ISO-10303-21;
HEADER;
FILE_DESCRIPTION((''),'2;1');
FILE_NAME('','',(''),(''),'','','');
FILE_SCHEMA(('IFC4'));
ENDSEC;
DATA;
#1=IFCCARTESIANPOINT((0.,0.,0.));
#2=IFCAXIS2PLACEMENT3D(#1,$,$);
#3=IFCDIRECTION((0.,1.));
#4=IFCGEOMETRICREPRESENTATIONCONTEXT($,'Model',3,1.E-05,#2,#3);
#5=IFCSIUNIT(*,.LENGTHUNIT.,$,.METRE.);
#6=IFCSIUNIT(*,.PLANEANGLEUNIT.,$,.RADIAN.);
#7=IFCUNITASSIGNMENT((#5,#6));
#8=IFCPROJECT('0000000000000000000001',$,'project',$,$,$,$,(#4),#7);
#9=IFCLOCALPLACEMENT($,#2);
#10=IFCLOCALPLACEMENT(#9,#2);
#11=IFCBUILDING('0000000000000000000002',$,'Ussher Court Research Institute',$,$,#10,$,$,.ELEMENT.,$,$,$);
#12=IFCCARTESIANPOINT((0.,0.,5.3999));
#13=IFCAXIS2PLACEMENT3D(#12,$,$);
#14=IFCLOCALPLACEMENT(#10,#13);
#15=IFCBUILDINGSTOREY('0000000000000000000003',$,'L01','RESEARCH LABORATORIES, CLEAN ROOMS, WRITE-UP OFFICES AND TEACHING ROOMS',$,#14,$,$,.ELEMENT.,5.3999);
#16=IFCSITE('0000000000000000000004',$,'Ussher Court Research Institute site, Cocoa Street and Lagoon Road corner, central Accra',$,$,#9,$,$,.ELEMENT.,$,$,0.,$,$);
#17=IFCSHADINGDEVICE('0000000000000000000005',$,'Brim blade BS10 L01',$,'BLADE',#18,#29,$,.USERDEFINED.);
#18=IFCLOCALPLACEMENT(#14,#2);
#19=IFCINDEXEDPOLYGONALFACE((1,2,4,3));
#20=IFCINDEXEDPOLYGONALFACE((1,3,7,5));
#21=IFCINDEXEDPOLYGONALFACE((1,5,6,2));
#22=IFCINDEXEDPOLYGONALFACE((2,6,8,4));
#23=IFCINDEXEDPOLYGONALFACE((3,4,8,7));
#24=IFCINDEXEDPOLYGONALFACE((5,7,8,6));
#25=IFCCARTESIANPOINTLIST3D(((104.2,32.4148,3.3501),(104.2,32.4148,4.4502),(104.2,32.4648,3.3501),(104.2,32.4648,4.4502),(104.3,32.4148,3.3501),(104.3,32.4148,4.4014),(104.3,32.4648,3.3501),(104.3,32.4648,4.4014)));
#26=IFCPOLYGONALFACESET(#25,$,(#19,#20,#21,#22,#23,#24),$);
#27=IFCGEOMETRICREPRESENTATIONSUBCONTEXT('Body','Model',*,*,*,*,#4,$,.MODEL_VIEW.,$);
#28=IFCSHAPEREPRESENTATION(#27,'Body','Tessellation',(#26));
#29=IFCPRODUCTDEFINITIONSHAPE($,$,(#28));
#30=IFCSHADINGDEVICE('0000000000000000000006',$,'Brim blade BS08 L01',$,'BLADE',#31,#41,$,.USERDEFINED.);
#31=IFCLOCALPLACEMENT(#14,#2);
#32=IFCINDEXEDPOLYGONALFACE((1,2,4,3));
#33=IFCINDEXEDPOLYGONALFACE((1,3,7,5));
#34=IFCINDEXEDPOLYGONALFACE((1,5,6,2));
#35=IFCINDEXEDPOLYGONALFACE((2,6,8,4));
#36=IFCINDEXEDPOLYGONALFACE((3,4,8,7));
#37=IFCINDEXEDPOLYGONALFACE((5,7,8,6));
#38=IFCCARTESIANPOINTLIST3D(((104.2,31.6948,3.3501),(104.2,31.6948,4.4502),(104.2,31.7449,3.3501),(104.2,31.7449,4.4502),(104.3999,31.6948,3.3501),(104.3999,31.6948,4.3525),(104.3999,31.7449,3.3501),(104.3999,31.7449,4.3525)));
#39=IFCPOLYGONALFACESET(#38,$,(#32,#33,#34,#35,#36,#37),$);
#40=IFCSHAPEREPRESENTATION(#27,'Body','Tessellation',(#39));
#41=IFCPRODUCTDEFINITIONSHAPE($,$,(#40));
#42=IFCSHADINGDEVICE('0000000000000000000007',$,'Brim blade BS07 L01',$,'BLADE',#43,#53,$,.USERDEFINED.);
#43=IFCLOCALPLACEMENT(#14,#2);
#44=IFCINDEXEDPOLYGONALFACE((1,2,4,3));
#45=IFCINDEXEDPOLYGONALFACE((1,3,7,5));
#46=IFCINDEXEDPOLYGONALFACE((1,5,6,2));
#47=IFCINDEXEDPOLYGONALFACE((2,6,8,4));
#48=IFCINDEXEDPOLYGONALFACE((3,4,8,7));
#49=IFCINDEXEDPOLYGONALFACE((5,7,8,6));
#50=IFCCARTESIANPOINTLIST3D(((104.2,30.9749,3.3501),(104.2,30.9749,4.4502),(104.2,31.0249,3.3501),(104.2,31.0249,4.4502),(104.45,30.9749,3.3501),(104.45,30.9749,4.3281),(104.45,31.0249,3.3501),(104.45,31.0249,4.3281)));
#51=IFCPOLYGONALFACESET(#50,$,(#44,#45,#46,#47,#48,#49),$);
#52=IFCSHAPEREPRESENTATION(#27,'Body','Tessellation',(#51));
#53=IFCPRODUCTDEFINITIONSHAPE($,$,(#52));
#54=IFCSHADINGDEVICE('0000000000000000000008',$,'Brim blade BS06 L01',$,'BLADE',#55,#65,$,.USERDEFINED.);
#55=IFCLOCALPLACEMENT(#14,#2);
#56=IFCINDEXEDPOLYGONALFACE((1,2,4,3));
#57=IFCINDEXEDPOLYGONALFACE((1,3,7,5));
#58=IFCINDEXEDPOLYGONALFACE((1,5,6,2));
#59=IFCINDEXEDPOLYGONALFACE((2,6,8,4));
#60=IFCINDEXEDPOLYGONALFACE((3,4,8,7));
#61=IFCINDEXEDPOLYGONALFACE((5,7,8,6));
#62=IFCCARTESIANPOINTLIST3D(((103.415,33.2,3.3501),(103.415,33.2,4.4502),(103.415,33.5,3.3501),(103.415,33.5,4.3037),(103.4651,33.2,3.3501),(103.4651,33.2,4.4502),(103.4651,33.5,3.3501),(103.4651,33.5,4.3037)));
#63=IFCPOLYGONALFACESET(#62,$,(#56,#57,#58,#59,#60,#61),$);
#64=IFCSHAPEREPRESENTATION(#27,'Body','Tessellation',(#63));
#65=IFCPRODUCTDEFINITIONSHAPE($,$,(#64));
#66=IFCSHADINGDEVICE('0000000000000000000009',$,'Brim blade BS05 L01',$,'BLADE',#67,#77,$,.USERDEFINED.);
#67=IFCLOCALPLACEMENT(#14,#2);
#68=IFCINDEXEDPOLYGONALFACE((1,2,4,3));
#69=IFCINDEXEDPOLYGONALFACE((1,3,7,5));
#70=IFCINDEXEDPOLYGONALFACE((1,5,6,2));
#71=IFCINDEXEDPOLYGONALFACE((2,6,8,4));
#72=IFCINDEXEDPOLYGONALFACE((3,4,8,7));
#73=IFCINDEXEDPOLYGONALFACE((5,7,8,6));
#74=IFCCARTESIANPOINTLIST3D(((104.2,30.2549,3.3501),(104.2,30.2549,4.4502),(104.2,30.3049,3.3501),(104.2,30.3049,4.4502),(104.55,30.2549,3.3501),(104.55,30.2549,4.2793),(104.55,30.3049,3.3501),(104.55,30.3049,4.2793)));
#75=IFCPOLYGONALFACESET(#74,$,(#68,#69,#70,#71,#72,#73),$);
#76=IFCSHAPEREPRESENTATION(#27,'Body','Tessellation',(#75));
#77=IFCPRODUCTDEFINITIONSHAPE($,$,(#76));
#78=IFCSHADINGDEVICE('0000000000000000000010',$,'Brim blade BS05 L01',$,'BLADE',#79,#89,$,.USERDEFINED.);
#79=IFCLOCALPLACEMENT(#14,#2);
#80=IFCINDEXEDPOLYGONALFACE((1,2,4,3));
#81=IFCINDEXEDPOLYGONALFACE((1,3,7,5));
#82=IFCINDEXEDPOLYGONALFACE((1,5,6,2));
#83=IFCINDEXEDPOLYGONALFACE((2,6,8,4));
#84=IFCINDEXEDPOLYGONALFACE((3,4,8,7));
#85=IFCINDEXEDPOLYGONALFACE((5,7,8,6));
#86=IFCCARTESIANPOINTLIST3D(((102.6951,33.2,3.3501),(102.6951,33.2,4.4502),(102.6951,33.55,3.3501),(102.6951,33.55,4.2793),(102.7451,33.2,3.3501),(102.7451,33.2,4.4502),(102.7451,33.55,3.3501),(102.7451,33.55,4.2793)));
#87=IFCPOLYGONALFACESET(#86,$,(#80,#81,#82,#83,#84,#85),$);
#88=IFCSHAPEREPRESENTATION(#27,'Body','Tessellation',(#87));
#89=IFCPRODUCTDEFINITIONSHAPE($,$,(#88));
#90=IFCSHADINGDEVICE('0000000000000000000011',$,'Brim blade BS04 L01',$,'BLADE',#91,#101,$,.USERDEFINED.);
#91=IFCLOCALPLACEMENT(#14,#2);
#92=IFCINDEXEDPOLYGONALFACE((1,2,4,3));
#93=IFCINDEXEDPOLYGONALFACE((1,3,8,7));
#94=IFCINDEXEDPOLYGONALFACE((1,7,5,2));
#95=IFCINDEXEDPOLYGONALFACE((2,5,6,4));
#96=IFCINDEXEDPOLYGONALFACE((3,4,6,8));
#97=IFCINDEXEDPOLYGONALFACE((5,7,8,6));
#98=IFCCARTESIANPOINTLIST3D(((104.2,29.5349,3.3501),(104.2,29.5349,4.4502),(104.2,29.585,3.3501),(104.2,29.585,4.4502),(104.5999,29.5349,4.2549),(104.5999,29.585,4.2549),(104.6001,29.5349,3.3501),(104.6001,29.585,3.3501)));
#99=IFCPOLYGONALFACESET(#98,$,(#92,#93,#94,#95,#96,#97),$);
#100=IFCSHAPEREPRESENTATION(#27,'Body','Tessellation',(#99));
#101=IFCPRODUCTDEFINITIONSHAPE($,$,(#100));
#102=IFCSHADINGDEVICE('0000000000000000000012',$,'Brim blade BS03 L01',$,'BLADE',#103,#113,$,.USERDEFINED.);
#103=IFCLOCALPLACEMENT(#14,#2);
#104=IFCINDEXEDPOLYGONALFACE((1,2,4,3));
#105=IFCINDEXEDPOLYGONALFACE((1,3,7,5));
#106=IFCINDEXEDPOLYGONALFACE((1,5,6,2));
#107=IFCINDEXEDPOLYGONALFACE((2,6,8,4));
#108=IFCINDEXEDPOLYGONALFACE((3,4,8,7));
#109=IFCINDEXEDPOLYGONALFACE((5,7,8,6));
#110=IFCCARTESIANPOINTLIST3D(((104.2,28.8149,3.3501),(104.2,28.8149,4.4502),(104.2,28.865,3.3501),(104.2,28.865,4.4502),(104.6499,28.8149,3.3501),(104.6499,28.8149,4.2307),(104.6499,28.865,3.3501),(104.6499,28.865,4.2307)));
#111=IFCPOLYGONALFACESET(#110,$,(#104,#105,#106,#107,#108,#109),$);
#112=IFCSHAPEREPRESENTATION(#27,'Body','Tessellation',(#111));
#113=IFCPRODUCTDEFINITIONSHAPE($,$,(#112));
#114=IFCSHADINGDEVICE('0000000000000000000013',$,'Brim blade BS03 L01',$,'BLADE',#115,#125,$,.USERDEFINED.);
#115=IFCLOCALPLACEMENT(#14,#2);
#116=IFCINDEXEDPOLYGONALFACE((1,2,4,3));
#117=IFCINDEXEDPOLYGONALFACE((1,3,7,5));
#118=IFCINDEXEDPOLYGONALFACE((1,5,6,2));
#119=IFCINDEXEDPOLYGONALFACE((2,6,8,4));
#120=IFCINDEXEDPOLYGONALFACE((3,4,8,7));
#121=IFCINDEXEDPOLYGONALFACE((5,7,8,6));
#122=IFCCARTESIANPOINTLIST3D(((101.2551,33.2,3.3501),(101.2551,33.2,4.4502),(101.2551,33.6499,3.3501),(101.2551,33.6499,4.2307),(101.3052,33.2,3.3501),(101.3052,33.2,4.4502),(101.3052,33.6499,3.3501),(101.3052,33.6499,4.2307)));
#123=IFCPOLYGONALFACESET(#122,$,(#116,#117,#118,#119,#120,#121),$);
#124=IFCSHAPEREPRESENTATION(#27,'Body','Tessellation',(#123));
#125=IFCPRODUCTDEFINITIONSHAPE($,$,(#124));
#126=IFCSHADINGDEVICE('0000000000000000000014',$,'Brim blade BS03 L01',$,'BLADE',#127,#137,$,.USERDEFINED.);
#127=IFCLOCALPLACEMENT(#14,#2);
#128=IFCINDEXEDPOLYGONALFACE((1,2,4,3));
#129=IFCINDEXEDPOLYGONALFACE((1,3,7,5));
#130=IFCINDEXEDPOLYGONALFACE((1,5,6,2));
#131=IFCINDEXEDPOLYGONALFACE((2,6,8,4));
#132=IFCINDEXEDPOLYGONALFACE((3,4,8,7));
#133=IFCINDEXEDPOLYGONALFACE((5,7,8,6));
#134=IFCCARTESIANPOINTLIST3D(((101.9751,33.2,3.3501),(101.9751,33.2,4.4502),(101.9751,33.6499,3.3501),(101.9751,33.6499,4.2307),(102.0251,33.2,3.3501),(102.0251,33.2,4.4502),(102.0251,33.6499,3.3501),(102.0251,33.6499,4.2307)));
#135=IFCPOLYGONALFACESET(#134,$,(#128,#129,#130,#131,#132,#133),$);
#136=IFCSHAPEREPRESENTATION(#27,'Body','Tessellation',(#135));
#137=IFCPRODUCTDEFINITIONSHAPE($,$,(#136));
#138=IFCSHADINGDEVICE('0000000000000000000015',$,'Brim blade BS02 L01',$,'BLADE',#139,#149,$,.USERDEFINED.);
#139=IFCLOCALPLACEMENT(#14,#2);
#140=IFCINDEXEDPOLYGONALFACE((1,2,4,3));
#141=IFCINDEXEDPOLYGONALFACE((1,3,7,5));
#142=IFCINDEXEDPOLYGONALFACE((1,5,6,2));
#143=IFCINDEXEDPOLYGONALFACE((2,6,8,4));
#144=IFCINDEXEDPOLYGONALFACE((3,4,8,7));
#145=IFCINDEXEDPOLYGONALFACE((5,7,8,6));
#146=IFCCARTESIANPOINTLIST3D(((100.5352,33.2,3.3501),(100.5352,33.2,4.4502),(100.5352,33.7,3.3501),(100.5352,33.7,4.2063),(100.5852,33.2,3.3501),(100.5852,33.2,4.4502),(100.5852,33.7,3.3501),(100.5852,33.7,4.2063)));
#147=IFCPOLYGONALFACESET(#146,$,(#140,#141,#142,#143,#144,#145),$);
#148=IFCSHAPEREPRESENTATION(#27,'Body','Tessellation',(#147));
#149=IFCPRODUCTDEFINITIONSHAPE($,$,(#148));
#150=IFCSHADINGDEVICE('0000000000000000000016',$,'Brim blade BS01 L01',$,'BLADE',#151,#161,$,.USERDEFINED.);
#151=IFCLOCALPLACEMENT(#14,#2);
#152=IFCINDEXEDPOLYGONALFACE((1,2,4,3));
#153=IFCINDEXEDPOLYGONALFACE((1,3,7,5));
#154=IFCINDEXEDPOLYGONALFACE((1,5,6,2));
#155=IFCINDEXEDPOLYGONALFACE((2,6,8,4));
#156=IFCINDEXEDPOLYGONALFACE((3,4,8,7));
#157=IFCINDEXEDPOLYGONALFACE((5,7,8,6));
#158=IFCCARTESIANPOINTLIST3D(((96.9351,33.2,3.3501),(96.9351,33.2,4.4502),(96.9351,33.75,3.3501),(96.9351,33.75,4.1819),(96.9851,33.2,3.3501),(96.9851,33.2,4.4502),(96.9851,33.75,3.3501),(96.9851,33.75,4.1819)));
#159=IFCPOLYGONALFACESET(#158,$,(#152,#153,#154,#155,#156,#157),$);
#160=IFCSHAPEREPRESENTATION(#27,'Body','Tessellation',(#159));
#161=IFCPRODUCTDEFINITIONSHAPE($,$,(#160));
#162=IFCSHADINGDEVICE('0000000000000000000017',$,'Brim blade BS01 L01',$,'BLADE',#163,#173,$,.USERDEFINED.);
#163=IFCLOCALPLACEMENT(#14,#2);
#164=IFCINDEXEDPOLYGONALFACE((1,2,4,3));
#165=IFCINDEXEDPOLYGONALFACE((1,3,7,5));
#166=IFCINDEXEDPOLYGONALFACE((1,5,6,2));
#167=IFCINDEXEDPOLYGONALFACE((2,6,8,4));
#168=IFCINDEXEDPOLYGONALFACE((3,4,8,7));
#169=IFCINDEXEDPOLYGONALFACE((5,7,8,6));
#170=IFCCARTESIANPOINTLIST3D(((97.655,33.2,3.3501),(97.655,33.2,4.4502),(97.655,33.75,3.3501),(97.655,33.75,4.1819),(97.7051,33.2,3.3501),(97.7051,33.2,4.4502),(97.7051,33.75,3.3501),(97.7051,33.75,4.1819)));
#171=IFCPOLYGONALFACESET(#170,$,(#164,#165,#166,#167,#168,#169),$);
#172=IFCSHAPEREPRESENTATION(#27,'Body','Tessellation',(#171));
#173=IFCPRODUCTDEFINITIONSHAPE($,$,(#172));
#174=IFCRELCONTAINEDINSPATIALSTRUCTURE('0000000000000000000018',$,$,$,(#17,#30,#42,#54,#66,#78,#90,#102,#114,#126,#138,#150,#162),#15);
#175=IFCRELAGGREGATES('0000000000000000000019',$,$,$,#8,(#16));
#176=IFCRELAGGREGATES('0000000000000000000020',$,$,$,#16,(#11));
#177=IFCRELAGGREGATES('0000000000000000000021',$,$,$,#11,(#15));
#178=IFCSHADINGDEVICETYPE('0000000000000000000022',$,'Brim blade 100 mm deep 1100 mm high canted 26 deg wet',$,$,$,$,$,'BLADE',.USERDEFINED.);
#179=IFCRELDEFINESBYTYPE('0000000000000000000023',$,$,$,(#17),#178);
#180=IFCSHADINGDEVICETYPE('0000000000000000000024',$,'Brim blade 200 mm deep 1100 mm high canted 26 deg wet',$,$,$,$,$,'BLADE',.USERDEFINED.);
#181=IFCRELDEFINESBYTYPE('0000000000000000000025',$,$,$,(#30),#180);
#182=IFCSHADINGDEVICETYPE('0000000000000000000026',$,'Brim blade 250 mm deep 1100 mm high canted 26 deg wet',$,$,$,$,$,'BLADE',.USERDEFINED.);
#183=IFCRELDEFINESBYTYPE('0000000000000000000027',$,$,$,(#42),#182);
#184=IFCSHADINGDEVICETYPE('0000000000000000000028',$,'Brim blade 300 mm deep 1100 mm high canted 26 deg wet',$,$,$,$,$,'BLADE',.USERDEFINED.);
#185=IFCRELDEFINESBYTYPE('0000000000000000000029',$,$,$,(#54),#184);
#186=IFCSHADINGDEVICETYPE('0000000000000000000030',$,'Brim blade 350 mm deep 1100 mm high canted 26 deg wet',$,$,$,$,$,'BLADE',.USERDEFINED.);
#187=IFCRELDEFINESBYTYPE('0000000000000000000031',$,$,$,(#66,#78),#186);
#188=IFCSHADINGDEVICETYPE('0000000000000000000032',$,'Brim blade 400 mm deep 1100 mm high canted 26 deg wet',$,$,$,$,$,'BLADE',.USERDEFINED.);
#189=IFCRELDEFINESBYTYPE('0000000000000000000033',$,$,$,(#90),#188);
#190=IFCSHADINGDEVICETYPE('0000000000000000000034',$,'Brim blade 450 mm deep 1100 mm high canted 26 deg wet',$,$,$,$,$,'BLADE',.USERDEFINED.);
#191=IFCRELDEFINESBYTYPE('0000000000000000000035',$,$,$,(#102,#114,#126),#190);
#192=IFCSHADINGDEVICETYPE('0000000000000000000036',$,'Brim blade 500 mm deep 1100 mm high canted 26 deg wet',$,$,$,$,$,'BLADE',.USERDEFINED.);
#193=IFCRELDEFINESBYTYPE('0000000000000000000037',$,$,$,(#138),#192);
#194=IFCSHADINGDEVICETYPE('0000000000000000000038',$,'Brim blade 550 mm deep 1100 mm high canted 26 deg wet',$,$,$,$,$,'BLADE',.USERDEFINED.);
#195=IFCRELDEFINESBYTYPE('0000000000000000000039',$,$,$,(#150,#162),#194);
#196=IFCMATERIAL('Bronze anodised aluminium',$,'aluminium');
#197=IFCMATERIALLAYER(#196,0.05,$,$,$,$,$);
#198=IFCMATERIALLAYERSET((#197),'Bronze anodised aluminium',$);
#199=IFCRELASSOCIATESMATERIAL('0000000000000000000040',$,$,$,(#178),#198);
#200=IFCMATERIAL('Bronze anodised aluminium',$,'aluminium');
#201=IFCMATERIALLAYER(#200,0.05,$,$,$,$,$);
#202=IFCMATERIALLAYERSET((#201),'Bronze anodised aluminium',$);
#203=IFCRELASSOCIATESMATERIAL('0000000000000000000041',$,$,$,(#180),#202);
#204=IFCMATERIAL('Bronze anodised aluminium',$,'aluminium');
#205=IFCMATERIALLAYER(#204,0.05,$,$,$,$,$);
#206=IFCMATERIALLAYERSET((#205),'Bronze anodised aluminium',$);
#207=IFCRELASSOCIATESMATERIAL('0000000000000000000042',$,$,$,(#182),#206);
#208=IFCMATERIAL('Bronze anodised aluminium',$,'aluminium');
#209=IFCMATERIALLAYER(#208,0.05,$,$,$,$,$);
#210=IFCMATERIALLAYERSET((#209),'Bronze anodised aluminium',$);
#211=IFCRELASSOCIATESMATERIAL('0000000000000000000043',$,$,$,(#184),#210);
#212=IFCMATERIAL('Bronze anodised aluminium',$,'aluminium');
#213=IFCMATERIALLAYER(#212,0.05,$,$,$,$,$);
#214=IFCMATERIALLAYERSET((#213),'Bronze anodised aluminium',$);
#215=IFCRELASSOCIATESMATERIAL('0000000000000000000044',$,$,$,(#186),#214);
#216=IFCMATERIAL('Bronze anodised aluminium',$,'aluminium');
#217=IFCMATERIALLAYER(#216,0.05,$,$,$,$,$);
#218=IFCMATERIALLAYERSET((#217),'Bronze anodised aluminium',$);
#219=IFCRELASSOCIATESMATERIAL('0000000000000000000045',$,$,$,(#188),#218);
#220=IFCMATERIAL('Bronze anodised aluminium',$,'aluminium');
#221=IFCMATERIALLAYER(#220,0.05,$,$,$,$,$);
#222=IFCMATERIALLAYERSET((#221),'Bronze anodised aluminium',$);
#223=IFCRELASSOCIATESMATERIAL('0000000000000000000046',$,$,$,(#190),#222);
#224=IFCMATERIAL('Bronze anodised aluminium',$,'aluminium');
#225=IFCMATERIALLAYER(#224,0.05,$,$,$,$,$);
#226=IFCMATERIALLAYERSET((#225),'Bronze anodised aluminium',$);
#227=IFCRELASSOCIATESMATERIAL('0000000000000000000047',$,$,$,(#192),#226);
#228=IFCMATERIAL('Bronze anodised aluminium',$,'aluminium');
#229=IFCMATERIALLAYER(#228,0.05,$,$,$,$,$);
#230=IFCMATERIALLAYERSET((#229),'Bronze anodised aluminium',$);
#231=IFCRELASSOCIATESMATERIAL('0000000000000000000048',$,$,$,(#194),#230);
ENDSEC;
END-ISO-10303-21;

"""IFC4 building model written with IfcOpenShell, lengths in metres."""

from ifc_helpers import new_model, si_unit, direction, frame, origin, place, context, subcontext, project, spatial, polyline, outline, extrude, material, layer, layer_set, type_object, element, save


model = new_model("IFC4")

# Units and contexts
model_context = context("Model", 3, precision=1e-05, world=origin(), true_north=direction((0.0, 1.0)))
body_context = subcontext(model_context, "Body", "Model", "MODEL_VIEW")
ifc_project = project(units=[si_unit("LENGTHUNIT", "METRE"), si_unit("PLANEANGLEUNIT", "RADIAN")], contexts=[model_context])

# Site, building, storey
site_placement = place(None, origin())
site = spatial("IfcSite", under=ifc_project, at=site_placement, Name="Ussher Court Research Institute site, Cocoa Street and Lagoon Road corner, central Accra", CompositionType="ELEMENT", RefElevation=0.0)
building_placement = place(site_placement, origin())
building = spatial("IfcBuilding", under=site, at=building_placement, Name="Ussher Court Research Institute", CompositionType="ELEMENT")
storey_placement = place(building_placement, frame((0.0, 0.0, 5.3999)))
storey = spatial("IfcBuildingStorey", under=building, at=storey_placement, Name="L01", Description="RESEARCH LABORATORIES, CLEAN ROOMS, WRITE-UP OFFICES AND TEACHING ROOMS", CompositionType="ELEMENT", Elevation=5.3999)

# Shading devices
ifc_material_1 = material(Name="Bronze anodised aluminium", Category="aluminium")
ifc_layer_1 = layer(ifc_material_1, 0.05)
ifc_layer_set_1 = layer_set([ifc_layer_1], Name="Bronze anodised aluminium")
shading_device_type_1 = type_object("IfcShadingDeviceType", Name="Brim blade 100 mm deep 1100 mm high canted 26 deg wet", ElementType="BLADE", PredefinedType="USERDEFINED", material=ifc_layer_set_1)
shading_device_1_placement = place(storey_placement, frame((104.2, 32.4399, 3.3501), z_axis=(0.0, 0.0, 1.0), x_axis=(1.0, 0.0, 0.0)))
element("IfcShadingDevice", 1, at=shading_device_1_placement, inside=storey, type_object=shading_device_type_1, Name="Brim blade BS10 L01", ObjectType="BLADE", PredefinedType="USERDEFINED", context=body_context, shape_type="SweptSolid", body=[
    extrude(outline(polyline([(0.0, 0.0), (0.1001, 0.0), (0.1001, 1.0513), (0.0, 1.1001), (0.0, 0.0)])), frame((0.0, 0.0249, 0.0), z_axis=(0.0, -1.0, 0.0), x_axis=(1.0, 0.0, 0.0)), (0.0, 0.0, 1.0), 0.05),
])
ifc_material_2 = material(Name="Bronze anodised aluminium", Category="aluminium")
ifc_layer_2 = layer(ifc_material_2, 0.05)
ifc_layer_set_2 = layer_set([ifc_layer_2], Name="Bronze anodised aluminium")
shading_device_type_2 = type_object("IfcShadingDeviceType", Name="Brim blade 200 mm deep 1100 mm high canted 26 deg wet", ElementType="BLADE", PredefinedType="USERDEFINED", material=ifc_layer_set_2)
shading_device_2_placement = place(storey_placement, frame((104.2, 31.72, 3.3501), z_axis=(0.0, 0.0, 1.0), x_axis=(1.0, 0.0, 0.0)))
element("IfcShadingDevice", 2, at=shading_device_2_placement, inside=storey, type_object=shading_device_type_2, Name="Brim blade BS08 L01", ObjectType="BLADE", PredefinedType="USERDEFINED", context=body_context, shape_type="SweptSolid", body=[
    extrude(outline(polyline([(0.0, 0.0), (0.2, 0.0), (0.2, 1.0024), (0.0, 1.1001), (0.0, 0.0)])), frame((0.0, 0.0249, 0.0), z_axis=(0.0, -1.0, 0.0), x_axis=(1.0, 0.0, 0.0)), (0.0, 0.0, 1.0), 0.05),
])
ifc_material_3 = material(Name="Bronze anodised aluminium", Category="aluminium")
ifc_layer_3 = layer(ifc_material_3, 0.05)
ifc_layer_set_3 = layer_set([ifc_layer_3], Name="Bronze anodised aluminium")
shading_device_type_3 = type_object("IfcShadingDeviceType", Name="Brim blade 250 mm deep 1100 mm high canted 26 deg wet", ElementType="BLADE", PredefinedType="USERDEFINED", material=ifc_layer_set_3)
shading_device_3_placement = place(storey_placement, frame((104.2, 31.0, 3.3501), z_axis=(0.0, 0.0, 1.0), x_axis=(1.0, 0.0, 0.0)))
element("IfcShadingDevice", 3, at=shading_device_3_placement, inside=storey, type_object=shading_device_type_3, Name="Brim blade BS07 L01", ObjectType="BLADE", PredefinedType="USERDEFINED", context=body_context, shape_type="SweptSolid", body=[
    extrude(outline(polyline([(0.0, 0.0), (0.25, 0.0), (0.25, 0.978), (0.0, 1.1001), (0.0, 0.0)])), frame((0.0, 0.0249, 0.0), z_axis=(0.0, -1.0, 0.0), x_axis=(1.0, 0.0, 0.0)), (0.0, 0.0, 1.0), 0.05),
])
ifc_material_4 = material(Name="Bronze anodised aluminium", Category="aluminium")
ifc_layer_4 = layer(ifc_material_4, 0.05)
ifc_layer_set_4 = layer_set([ifc_layer_4], Name="Bronze anodised aluminium")
shading_device_type_4 = type_object("IfcShadingDeviceType", Name="Brim blade 300 mm deep 1100 mm high canted 26 deg wet", ElementType="BLADE", PredefinedType="USERDEFINED", material=ifc_layer_set_4)
shading_device_4_placement = place(storey_placement, frame((103.4399, 33.2, 3.3501), z_axis=(0.0, 0.0, 1.0), x_axis=(0.0, 1.0, 0.0)))
element("IfcShadingDevice", 4, at=shading_device_4_placement, inside=storey, type_object=shading_device_type_4, Name="Brim blade BS06 L01", ObjectType="BLADE", PredefinedType="USERDEFINED", context=body_context, shape_type="SweptSolid", body=[
    extrude(outline(polyline([(0.0, 0.0), (0.3, 0.0), (0.3, 0.9536), (0.0, 1.1001), (0.0, 0.0)])), frame((0.0, 0.0249, 0.0), z_axis=(0.0, -1.0, 0.0), x_axis=(1.0, 0.0, 0.0)), (0.0, 0.0, 1.0), 0.05),
])
ifc_material_5 = material(Name="Bronze anodised aluminium", Category="aluminium")
ifc_layer_5 = layer(ifc_material_5, 0.05)
ifc_layer_set_5 = layer_set([ifc_layer_5], Name="Bronze anodised aluminium")
shading_device_type_5 = type_object("IfcShadingDeviceType", Name="Brim blade 350 mm deep 1100 mm high canted 26 deg wet", ElementType="BLADE", PredefinedType="USERDEFINED", material=ifc_layer_set_5)
for number, where, z_axis, x_axis, name in (
    (5, (104.2, 30.28, 3.3501), (0.0, 0.0, 1.0), (1.0, 0.0, 0.0), "Brim blade BS05 L01"),
    (6, (102.72, 33.2, 3.3501), (0.0, 0.0, 1.0), (0.0, 1.0, 0.0), "Brim blade BS05 L01"),
):
    element("IfcShadingDevice", number, at=place(storey_placement, frame(where, z_axis=z_axis, x_axis=x_axis)), inside=storey, type_object=shading_device_type_5, Name=name, ObjectType="BLADE", PredefinedType="USERDEFINED", context=body_context, shape_type="SweptSolid", body=[
        extrude(outline(polyline([(0.0, 0.0), (0.3501, 0.0), (0.3501, 0.9292), (0.0, 1.1001), (0.0, 0.0)])), frame((0.0, 0.0249, 0.0), z_axis=(0.0, -1.0, 0.0), x_axis=(1.0, 0.0, 0.0)), (0.0, 0.0, 1.0), 0.05),
    ])
ifc_material_6 = material(Name="Bronze anodised aluminium", Category="aluminium")
ifc_layer_6 = layer(ifc_material_6, 0.05)
ifc_layer_set_6 = layer_set([ifc_layer_6], Name="Bronze anodised aluminium")
shading_device_type_6 = type_object("IfcShadingDeviceType", Name="Brim blade 400 mm deep 1100 mm high canted 26 deg wet", ElementType="BLADE", PredefinedType="USERDEFINED", material=ifc_layer_set_6)
shading_device_5_placement = place(storey_placement, frame((104.2, 29.5601, 3.3501), z_axis=(0.0, 0.0, 1.0), x_axis=(1.0, 0.0, 0.0)))
element("IfcShadingDevice", 7, at=shading_device_5_placement, inside=storey, type_object=shading_device_type_6, Name="Brim blade BS04 L01", ObjectType="BLADE", PredefinedType="USERDEFINED", context=body_context, shape_type="SweptSolid", body=[
    extrude(outline(polyline([(0.0, 0.0), (0.4001, 0.0), (0.3999, 0.9048), (0.0, 1.1001), (0.0, 0.0)])), frame((0.0, 0.0249, 0.0), z_axis=(0.0, -1.0, 0.0), x_axis=(1.0, 0.0, 0.0)), (0.0, 0.0, 1.0), 0.05),
])
ifc_material_7 = material(Name="Bronze anodised aluminium", Category="aluminium")
ifc_layer_7 = layer(ifc_material_7, 0.05)
ifc_layer_set_7 = layer_set([ifc_layer_7], Name="Bronze anodised aluminium")
shading_device_type_7 = type_object("IfcShadingDeviceType", Name="Brim blade 450 mm deep 1100 mm high canted 26 deg wet", ElementType="BLADE", PredefinedType="USERDEFINED", material=ifc_layer_set_7)
for number, where, z_axis, x_axis, name in (
    (8, (104.2, 28.8401, 3.3501), (0.0, 0.0, 1.0), (1.0, 0.0, 0.0), "Brim blade BS03 L01"),
    (9, (101.28, 33.2, 3.3501), (0.0, 0.0, 1.0), (0.0, 1.0, 0.0), "Brim blade BS03 L01"),
    (10, (102.0, 33.2, 3.3501), (0.0, 0.0, 1.0), (0.0, 1.0, 0.0), "Brim blade BS03 L01"),
):
    element("IfcShadingDevice", number, at=place(storey_placement, frame(where, z_axis=z_axis, x_axis=x_axis)), inside=storey, type_object=shading_device_type_7, Name=name, ObjectType="BLADE", PredefinedType="USERDEFINED", context=body_context, shape_type="SweptSolid", body=[
        extrude(outline(polyline([(0.0, 0.0), (0.45, 0.0), (0.45, 0.8806), (0.0, 1.1001), (0.0, 0.0)])), frame((0.0, 0.0249, 0.0), z_axis=(0.0, -1.0, 0.0), x_axis=(1.0, 0.0, 0.0)), (0.0, 0.0, 1.0), 0.05),
    ])
ifc_material_8 = material(Name="Bronze anodised aluminium", Category="aluminium")
ifc_layer_8 = layer(ifc_material_8, 0.05)
ifc_layer_set_8 = layer_set([ifc_layer_8], Name="Bronze anodised aluminium")
shading_device_type_8 = type_object("IfcShadingDeviceType", Name="Brim blade 500 mm deep 1100 mm high canted 26 deg wet", ElementType="BLADE", PredefinedType="USERDEFINED", material=ifc_layer_set_8)
shading_device_6_placement = place(storey_placement, frame((100.5601, 33.2, 3.3501), z_axis=(0.0, 0.0, 1.0), x_axis=(0.0, 1.0, 0.0)))
element("IfcShadingDevice", 11, at=shading_device_6_placement, inside=storey, type_object=shading_device_type_8, Name="Brim blade BS02 L01", ObjectType="BLADE", PredefinedType="USERDEFINED", context=body_context, shape_type="SweptSolid", body=[
    extrude(outline(polyline([(0.0, 0.0), (0.5, 0.0), (0.5, 0.8562), (0.0, 1.1001), (0.0, 0.0)])), frame((0.0, 0.0249, 0.0), z_axis=(0.0, -1.0, 0.0), x_axis=(1.0, 0.0, 0.0)), (0.0, 0.0, 1.0), 0.05),
])
ifc_material_9 = material(Name="Bronze anodised aluminium", Category="aluminium")
ifc_layer_9 = layer(ifc_material_9, 0.05)
ifc_layer_set_9 = layer_set([ifc_layer_9], Name="Bronze anodised aluminium")
shading_device_type_9 = type_object("IfcShadingDeviceType", Name="Brim blade 550 mm deep 1100 mm high canted 26 deg wet", ElementType="BLADE", PredefinedType="USERDEFINED", material=ifc_layer_set_9)
for number, where, z_axis, x_axis, name in (
    (12, (96.96, 33.2, 3.3501), (0.0, 0.0, 1.0), (0.0, 1.0, 0.0), "Brim blade BS01 L01"),
    (13, (97.6799, 33.2, 3.3501), (0.0, 0.0, 1.0), (0.0, 1.0, 0.0), "Brim blade BS01 L01"),
):
    element("IfcShadingDevice", number, at=place(storey_placement, frame(where, z_axis=z_axis, x_axis=x_axis)), inside=storey, type_object=shading_device_type_9, Name=name, ObjectType="BLADE", PredefinedType="USERDEFINED", context=body_context, shape_type="SweptSolid", body=[
        extrude(outline(polyline([(0.0, 0.0), (0.55, 0.0), (0.55, 0.8318), (0.0, 1.1001), (0.0, 0.0)])), frame((0.0, 0.0249, 0.0), z_axis=(0.0, -1.0, 0.0), x_axis=(1.0, 0.0, 0.0)), (0.0, 0.0, 1.0), 0.05),
    ])

save(model, "model.ifc")
